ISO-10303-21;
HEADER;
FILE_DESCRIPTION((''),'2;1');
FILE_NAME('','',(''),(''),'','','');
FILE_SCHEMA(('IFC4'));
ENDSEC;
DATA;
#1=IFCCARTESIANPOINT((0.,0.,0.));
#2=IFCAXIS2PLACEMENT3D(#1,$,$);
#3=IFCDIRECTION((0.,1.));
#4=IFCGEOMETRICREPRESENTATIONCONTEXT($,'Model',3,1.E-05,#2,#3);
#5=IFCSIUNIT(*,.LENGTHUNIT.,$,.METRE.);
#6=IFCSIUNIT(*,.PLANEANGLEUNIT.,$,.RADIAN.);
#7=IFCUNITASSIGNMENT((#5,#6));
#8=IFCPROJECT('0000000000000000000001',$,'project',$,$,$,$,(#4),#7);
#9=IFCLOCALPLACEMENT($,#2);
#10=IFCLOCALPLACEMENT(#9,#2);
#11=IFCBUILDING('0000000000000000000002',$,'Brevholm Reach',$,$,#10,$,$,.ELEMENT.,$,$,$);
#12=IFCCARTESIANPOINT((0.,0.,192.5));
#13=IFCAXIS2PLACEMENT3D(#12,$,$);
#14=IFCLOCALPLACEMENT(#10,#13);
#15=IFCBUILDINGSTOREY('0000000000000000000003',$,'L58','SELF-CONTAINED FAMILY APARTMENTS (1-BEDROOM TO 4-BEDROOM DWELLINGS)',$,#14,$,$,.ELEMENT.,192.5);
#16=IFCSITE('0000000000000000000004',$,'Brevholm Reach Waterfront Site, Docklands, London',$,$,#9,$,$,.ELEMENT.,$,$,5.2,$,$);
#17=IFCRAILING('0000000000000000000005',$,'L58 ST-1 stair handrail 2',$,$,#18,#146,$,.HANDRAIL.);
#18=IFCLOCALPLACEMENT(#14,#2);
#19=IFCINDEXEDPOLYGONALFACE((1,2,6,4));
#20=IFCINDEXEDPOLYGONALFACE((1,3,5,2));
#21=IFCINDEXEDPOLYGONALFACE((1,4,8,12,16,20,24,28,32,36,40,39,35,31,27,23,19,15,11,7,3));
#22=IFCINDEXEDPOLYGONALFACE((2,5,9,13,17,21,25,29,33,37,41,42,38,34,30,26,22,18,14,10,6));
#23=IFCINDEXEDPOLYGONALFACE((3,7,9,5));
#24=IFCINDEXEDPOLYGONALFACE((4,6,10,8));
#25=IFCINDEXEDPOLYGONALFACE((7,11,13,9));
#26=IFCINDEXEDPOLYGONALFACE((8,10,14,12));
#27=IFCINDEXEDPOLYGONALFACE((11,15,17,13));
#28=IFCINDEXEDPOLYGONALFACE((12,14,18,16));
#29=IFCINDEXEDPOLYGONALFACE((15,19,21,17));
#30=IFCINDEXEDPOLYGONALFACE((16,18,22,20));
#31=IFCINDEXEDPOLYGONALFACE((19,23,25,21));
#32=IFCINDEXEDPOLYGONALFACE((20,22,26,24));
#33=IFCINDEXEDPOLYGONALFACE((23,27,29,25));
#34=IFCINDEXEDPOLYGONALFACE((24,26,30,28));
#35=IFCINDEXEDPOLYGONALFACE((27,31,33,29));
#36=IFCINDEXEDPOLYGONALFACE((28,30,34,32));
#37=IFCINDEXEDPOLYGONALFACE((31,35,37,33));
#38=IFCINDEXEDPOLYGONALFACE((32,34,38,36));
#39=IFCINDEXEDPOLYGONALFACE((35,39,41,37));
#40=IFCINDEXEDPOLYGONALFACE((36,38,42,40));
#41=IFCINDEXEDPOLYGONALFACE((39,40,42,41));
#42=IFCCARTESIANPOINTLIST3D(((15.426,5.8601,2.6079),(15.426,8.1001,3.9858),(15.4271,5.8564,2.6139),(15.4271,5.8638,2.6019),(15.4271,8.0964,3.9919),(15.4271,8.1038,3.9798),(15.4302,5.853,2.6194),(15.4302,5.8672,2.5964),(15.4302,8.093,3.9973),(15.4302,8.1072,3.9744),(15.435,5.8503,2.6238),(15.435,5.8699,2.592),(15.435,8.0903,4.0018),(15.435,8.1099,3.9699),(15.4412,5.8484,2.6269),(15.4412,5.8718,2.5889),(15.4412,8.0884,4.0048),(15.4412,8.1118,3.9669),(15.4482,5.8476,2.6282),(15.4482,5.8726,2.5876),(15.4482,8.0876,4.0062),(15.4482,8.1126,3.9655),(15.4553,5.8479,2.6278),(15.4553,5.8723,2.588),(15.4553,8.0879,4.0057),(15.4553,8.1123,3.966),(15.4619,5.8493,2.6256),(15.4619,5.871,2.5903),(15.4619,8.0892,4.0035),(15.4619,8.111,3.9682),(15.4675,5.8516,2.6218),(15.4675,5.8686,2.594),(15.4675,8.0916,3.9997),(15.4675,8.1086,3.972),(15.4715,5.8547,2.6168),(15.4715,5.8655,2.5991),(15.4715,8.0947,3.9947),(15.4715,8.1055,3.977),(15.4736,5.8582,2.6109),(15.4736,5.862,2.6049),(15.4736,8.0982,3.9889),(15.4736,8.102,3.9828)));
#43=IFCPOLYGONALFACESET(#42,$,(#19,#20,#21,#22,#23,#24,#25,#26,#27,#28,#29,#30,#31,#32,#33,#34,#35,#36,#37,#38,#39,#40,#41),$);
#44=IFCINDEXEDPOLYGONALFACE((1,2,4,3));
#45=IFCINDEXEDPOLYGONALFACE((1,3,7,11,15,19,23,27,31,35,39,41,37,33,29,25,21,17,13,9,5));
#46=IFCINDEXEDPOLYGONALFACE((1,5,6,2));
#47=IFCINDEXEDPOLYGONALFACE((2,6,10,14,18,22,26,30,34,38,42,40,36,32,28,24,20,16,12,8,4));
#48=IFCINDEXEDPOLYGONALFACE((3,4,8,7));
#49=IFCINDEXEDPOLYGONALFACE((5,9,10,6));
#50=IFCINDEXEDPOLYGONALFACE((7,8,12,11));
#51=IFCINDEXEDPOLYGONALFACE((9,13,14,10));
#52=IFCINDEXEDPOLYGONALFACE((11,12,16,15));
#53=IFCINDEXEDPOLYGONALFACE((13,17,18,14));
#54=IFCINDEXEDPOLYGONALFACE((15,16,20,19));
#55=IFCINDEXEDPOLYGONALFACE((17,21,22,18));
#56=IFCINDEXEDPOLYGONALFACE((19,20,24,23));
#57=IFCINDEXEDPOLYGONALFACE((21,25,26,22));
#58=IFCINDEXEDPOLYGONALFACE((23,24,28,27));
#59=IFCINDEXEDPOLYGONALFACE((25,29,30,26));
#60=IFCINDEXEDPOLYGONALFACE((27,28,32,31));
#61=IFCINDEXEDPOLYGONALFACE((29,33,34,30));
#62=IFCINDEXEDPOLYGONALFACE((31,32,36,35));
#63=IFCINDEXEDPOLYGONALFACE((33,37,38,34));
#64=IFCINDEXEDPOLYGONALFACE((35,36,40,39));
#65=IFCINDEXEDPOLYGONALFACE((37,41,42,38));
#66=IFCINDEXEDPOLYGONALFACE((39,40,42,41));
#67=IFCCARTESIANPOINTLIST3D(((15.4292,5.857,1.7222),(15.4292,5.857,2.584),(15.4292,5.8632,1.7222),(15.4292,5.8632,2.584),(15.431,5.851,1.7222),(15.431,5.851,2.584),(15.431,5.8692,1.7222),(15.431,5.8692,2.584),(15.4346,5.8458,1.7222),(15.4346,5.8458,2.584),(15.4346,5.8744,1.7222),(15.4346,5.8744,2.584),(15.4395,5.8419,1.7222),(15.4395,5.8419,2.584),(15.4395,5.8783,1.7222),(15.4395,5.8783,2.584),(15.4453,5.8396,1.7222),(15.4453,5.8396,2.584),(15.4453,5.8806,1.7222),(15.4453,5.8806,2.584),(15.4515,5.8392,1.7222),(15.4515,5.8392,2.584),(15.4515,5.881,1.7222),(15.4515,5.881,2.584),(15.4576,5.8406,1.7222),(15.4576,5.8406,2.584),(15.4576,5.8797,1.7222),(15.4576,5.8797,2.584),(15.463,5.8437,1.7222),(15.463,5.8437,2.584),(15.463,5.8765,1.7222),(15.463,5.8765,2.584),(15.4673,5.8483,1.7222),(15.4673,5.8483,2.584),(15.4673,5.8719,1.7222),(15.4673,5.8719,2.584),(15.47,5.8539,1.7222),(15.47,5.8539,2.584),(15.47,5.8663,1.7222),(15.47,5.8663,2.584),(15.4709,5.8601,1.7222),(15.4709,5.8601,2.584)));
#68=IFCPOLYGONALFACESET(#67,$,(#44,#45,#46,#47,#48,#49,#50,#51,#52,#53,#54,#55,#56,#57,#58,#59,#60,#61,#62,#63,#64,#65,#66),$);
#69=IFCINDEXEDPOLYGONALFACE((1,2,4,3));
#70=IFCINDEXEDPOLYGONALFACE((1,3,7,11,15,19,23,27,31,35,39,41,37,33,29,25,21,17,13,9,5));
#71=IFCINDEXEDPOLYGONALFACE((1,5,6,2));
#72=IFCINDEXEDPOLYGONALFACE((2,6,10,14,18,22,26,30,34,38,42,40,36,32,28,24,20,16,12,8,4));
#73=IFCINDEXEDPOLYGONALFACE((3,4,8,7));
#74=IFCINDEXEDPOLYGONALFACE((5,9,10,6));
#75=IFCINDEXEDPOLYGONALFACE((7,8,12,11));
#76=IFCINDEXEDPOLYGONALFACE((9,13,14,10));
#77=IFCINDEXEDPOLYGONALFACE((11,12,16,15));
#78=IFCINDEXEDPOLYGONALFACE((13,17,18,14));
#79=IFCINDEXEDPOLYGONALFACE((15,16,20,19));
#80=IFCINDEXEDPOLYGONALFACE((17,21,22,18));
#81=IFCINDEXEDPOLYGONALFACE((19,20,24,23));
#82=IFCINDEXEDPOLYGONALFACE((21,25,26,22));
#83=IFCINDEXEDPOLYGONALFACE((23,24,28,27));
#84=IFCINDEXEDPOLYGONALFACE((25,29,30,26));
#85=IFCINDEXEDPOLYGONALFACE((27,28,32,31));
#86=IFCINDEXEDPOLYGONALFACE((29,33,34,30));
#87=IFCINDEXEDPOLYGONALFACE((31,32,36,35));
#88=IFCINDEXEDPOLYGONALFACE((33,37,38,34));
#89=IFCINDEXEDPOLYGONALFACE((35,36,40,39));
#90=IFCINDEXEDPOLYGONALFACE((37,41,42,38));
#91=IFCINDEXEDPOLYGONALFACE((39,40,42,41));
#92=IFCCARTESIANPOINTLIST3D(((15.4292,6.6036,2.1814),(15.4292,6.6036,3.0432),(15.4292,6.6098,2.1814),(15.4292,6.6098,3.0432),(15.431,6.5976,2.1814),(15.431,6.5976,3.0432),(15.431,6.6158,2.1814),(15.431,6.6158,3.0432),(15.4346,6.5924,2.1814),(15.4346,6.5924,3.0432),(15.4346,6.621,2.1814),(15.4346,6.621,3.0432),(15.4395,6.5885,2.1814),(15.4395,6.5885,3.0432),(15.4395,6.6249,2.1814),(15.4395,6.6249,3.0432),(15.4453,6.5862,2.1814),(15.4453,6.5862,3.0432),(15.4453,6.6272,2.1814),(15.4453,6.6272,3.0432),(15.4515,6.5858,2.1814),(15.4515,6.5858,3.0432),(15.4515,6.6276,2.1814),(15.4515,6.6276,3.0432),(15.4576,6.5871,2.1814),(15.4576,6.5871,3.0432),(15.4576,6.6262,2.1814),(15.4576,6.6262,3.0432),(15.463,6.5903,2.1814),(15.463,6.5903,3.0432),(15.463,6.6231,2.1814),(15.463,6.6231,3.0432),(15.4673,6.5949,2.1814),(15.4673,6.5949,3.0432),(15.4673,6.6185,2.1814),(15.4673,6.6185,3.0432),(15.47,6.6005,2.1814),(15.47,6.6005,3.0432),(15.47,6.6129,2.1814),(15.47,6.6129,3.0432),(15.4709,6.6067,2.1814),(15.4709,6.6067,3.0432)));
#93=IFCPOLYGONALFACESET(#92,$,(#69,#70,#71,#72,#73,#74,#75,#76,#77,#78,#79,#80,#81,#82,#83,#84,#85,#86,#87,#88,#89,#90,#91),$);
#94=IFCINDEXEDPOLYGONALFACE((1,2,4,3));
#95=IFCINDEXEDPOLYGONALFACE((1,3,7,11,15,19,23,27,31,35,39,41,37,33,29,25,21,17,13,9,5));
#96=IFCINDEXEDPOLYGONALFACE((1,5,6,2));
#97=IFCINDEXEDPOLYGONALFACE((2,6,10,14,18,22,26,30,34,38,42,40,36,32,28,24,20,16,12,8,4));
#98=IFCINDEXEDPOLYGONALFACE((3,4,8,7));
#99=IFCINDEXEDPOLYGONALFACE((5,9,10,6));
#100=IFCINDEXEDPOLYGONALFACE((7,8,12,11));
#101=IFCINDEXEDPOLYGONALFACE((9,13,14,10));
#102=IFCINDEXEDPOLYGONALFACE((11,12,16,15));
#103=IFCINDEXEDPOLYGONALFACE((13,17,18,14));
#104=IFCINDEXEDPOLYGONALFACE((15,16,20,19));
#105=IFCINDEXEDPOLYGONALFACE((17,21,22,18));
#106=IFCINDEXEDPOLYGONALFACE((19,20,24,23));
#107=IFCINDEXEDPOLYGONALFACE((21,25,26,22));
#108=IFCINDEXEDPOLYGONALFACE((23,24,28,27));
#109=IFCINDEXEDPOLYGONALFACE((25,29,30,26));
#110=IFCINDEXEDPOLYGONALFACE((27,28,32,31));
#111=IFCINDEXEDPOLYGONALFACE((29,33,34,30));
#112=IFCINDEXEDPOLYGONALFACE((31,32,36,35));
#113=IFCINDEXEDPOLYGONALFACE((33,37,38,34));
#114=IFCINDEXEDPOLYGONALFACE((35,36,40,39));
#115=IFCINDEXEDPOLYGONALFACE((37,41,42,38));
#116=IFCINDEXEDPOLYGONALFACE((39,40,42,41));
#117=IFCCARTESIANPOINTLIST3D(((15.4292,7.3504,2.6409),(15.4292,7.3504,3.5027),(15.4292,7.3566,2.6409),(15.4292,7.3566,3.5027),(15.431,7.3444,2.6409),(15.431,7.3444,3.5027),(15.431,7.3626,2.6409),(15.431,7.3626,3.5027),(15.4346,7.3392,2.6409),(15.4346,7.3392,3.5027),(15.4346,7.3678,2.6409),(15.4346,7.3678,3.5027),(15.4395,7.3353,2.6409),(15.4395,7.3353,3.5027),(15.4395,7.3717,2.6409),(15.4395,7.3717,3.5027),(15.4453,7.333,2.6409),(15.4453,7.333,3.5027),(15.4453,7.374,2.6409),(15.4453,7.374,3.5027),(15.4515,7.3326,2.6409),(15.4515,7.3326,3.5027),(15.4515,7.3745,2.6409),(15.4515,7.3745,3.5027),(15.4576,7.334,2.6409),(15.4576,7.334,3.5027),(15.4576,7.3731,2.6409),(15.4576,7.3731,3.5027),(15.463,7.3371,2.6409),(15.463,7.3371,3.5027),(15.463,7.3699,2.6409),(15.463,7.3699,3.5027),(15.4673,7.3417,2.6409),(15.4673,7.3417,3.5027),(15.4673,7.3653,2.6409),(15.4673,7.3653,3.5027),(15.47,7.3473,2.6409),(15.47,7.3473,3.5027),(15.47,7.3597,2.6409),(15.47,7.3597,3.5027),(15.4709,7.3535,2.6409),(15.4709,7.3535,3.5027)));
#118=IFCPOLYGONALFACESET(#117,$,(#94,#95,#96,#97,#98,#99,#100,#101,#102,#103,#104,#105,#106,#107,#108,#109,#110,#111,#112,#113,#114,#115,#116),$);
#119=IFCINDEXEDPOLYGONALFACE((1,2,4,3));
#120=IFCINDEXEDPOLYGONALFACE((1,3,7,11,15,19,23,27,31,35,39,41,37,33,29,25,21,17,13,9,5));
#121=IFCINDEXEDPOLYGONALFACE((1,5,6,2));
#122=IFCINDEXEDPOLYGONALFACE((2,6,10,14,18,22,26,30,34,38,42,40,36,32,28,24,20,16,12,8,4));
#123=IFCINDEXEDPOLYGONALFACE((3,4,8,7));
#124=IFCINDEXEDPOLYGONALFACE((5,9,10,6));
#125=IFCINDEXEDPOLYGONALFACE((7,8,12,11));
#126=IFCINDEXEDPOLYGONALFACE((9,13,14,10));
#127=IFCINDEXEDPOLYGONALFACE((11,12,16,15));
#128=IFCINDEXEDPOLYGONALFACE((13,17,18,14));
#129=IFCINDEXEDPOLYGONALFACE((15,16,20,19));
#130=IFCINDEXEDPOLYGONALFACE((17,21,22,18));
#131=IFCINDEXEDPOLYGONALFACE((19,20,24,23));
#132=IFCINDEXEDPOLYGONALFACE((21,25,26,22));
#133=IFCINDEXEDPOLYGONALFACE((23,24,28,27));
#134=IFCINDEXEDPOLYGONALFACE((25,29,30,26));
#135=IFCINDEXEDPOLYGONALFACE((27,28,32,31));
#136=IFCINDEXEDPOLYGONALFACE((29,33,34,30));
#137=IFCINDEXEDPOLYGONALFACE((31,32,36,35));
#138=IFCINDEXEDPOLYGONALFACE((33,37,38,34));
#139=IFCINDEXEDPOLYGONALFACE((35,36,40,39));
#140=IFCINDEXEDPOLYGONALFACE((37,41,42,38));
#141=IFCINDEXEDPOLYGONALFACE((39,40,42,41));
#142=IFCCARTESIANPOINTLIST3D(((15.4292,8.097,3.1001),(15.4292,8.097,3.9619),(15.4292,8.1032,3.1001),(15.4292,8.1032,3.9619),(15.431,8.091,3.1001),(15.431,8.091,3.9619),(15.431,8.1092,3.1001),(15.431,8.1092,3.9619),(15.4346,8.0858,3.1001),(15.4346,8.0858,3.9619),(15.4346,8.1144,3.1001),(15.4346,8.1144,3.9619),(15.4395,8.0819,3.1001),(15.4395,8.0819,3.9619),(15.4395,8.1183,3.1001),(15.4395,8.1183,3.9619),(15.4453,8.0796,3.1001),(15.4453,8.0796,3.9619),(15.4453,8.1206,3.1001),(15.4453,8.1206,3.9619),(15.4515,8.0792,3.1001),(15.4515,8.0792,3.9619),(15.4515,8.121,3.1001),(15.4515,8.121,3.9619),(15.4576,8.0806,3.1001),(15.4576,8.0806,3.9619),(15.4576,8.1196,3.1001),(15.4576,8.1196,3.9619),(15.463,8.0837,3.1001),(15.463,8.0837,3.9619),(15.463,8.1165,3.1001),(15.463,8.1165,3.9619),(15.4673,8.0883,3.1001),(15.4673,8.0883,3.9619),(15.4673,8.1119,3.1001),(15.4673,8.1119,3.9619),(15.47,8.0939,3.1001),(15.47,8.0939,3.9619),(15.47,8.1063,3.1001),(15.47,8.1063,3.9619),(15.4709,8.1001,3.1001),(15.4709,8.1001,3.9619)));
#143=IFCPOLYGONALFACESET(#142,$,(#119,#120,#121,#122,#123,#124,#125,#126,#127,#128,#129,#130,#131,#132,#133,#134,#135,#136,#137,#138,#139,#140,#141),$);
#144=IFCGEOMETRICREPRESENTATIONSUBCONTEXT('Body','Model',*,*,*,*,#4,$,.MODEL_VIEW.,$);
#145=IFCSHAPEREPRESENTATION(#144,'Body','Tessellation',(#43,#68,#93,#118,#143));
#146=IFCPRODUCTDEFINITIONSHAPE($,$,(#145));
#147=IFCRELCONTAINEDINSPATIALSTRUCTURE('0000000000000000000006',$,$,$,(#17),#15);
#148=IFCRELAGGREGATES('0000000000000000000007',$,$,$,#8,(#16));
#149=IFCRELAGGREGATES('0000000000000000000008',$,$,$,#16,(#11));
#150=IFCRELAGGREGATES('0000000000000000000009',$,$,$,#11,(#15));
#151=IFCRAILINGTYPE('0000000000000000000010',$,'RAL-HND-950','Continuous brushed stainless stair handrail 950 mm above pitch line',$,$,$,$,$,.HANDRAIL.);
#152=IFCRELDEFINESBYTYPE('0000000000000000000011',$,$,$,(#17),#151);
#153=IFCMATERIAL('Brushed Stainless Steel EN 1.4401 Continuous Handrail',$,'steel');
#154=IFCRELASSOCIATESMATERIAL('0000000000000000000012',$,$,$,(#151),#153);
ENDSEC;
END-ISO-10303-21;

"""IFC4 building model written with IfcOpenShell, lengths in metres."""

from ifc_helpers import new_model, si_unit, direction, frame, origin, origin_2d, place, context, subcontext, project, spatial, circle, extrude, material, type_object, element, save


model = new_model("IFC4")

# Units and contexts
model_context = context("Model", 3, precision=1e-05, world=origin(), true_north=direction((0.0, 1.0)))
body_context = subcontext(model_context, "Body", "Model", "MODEL_VIEW")
ifc_project = project(units=[si_unit("LENGTHUNIT", "METRE"), si_unit("PLANEANGLEUNIT", "RADIAN")], contexts=[model_context])

# Site, building, storey
site_placement = place(None, origin())
site = spatial("IfcSite", under=ifc_project, at=site_placement, Name="Brevholm Reach Waterfront Site, Docklands, London", CompositionType="ELEMENT", RefElevation=5.2)
building_placement = place(site_placement, origin())
building = spatial("IfcBuilding", under=site, at=building_placement, Name="Brevholm Reach", CompositionType="ELEMENT")
storey_placement = place(building_placement, frame((0.0, 0.0, 192.5)))
storey = spatial("IfcBuildingStorey", under=building, at=storey_placement, Name="L58", Description="SELF-CONTAINED FAMILY APARTMENTS (1-BEDROOM TO 4-BEDROOM DWELLINGS)", CompositionType="ELEMENT", Elevation=192.5)

# Railing
ifc_material_1 = material(Name="Brushed Stainless Steel EN 1.4401 Continuous Handrail", Category="steel")
railing_type_1 = type_object("IfcRailingType", Name="RAL-HND-950", Description="Continuous brushed stainless stair handrail 950 mm above pitch line", PredefinedType="HANDRAIL", material=ifc_material_1)
railing_1_placement = place(storey_placement, frame((15.45, 5.8601, 1.7222)))
element("IfcRailing", 1, at=railing_1_placement, inside=storey, type_object=railing_type_1, Name="L58 ST-1 stair handrail 2", PredefinedType="HANDRAIL", context=body_context, shape_type="SweptSolid", body=[
    extrude(circle(Radius=0.0239, at=origin_2d()), frame((0.0, 0.0, 0.8857), z_axis=(0.0, 0.851748, 0.523952), x_axis=(-1.0, 0.0, 0.0)), (0.0, 0.0, 1.0), 2.6299),
    extrude(circle(Radius=0.021, at=origin_2d()), origin(), (0.0, 0.0, 1.0), 0.8618),
    extrude(circle(Radius=0.021, at=origin_2d()), frame((0.0, 0.7466, 0.4592)), (0.0, 0.0, 1.0), 0.8618),
    extrude(circle(Radius=0.021, at=origin_2d()), frame((0.0, 1.4934, 0.9187)), (0.0, 0.0, 1.0), 0.8618),
    extrude(circle(Radius=0.021, at=origin_2d()), frame((0.0, 2.24, 1.3779)), (0.0, 0.0, 1.0), 0.8618),
])

save(model, "model.ifc")
